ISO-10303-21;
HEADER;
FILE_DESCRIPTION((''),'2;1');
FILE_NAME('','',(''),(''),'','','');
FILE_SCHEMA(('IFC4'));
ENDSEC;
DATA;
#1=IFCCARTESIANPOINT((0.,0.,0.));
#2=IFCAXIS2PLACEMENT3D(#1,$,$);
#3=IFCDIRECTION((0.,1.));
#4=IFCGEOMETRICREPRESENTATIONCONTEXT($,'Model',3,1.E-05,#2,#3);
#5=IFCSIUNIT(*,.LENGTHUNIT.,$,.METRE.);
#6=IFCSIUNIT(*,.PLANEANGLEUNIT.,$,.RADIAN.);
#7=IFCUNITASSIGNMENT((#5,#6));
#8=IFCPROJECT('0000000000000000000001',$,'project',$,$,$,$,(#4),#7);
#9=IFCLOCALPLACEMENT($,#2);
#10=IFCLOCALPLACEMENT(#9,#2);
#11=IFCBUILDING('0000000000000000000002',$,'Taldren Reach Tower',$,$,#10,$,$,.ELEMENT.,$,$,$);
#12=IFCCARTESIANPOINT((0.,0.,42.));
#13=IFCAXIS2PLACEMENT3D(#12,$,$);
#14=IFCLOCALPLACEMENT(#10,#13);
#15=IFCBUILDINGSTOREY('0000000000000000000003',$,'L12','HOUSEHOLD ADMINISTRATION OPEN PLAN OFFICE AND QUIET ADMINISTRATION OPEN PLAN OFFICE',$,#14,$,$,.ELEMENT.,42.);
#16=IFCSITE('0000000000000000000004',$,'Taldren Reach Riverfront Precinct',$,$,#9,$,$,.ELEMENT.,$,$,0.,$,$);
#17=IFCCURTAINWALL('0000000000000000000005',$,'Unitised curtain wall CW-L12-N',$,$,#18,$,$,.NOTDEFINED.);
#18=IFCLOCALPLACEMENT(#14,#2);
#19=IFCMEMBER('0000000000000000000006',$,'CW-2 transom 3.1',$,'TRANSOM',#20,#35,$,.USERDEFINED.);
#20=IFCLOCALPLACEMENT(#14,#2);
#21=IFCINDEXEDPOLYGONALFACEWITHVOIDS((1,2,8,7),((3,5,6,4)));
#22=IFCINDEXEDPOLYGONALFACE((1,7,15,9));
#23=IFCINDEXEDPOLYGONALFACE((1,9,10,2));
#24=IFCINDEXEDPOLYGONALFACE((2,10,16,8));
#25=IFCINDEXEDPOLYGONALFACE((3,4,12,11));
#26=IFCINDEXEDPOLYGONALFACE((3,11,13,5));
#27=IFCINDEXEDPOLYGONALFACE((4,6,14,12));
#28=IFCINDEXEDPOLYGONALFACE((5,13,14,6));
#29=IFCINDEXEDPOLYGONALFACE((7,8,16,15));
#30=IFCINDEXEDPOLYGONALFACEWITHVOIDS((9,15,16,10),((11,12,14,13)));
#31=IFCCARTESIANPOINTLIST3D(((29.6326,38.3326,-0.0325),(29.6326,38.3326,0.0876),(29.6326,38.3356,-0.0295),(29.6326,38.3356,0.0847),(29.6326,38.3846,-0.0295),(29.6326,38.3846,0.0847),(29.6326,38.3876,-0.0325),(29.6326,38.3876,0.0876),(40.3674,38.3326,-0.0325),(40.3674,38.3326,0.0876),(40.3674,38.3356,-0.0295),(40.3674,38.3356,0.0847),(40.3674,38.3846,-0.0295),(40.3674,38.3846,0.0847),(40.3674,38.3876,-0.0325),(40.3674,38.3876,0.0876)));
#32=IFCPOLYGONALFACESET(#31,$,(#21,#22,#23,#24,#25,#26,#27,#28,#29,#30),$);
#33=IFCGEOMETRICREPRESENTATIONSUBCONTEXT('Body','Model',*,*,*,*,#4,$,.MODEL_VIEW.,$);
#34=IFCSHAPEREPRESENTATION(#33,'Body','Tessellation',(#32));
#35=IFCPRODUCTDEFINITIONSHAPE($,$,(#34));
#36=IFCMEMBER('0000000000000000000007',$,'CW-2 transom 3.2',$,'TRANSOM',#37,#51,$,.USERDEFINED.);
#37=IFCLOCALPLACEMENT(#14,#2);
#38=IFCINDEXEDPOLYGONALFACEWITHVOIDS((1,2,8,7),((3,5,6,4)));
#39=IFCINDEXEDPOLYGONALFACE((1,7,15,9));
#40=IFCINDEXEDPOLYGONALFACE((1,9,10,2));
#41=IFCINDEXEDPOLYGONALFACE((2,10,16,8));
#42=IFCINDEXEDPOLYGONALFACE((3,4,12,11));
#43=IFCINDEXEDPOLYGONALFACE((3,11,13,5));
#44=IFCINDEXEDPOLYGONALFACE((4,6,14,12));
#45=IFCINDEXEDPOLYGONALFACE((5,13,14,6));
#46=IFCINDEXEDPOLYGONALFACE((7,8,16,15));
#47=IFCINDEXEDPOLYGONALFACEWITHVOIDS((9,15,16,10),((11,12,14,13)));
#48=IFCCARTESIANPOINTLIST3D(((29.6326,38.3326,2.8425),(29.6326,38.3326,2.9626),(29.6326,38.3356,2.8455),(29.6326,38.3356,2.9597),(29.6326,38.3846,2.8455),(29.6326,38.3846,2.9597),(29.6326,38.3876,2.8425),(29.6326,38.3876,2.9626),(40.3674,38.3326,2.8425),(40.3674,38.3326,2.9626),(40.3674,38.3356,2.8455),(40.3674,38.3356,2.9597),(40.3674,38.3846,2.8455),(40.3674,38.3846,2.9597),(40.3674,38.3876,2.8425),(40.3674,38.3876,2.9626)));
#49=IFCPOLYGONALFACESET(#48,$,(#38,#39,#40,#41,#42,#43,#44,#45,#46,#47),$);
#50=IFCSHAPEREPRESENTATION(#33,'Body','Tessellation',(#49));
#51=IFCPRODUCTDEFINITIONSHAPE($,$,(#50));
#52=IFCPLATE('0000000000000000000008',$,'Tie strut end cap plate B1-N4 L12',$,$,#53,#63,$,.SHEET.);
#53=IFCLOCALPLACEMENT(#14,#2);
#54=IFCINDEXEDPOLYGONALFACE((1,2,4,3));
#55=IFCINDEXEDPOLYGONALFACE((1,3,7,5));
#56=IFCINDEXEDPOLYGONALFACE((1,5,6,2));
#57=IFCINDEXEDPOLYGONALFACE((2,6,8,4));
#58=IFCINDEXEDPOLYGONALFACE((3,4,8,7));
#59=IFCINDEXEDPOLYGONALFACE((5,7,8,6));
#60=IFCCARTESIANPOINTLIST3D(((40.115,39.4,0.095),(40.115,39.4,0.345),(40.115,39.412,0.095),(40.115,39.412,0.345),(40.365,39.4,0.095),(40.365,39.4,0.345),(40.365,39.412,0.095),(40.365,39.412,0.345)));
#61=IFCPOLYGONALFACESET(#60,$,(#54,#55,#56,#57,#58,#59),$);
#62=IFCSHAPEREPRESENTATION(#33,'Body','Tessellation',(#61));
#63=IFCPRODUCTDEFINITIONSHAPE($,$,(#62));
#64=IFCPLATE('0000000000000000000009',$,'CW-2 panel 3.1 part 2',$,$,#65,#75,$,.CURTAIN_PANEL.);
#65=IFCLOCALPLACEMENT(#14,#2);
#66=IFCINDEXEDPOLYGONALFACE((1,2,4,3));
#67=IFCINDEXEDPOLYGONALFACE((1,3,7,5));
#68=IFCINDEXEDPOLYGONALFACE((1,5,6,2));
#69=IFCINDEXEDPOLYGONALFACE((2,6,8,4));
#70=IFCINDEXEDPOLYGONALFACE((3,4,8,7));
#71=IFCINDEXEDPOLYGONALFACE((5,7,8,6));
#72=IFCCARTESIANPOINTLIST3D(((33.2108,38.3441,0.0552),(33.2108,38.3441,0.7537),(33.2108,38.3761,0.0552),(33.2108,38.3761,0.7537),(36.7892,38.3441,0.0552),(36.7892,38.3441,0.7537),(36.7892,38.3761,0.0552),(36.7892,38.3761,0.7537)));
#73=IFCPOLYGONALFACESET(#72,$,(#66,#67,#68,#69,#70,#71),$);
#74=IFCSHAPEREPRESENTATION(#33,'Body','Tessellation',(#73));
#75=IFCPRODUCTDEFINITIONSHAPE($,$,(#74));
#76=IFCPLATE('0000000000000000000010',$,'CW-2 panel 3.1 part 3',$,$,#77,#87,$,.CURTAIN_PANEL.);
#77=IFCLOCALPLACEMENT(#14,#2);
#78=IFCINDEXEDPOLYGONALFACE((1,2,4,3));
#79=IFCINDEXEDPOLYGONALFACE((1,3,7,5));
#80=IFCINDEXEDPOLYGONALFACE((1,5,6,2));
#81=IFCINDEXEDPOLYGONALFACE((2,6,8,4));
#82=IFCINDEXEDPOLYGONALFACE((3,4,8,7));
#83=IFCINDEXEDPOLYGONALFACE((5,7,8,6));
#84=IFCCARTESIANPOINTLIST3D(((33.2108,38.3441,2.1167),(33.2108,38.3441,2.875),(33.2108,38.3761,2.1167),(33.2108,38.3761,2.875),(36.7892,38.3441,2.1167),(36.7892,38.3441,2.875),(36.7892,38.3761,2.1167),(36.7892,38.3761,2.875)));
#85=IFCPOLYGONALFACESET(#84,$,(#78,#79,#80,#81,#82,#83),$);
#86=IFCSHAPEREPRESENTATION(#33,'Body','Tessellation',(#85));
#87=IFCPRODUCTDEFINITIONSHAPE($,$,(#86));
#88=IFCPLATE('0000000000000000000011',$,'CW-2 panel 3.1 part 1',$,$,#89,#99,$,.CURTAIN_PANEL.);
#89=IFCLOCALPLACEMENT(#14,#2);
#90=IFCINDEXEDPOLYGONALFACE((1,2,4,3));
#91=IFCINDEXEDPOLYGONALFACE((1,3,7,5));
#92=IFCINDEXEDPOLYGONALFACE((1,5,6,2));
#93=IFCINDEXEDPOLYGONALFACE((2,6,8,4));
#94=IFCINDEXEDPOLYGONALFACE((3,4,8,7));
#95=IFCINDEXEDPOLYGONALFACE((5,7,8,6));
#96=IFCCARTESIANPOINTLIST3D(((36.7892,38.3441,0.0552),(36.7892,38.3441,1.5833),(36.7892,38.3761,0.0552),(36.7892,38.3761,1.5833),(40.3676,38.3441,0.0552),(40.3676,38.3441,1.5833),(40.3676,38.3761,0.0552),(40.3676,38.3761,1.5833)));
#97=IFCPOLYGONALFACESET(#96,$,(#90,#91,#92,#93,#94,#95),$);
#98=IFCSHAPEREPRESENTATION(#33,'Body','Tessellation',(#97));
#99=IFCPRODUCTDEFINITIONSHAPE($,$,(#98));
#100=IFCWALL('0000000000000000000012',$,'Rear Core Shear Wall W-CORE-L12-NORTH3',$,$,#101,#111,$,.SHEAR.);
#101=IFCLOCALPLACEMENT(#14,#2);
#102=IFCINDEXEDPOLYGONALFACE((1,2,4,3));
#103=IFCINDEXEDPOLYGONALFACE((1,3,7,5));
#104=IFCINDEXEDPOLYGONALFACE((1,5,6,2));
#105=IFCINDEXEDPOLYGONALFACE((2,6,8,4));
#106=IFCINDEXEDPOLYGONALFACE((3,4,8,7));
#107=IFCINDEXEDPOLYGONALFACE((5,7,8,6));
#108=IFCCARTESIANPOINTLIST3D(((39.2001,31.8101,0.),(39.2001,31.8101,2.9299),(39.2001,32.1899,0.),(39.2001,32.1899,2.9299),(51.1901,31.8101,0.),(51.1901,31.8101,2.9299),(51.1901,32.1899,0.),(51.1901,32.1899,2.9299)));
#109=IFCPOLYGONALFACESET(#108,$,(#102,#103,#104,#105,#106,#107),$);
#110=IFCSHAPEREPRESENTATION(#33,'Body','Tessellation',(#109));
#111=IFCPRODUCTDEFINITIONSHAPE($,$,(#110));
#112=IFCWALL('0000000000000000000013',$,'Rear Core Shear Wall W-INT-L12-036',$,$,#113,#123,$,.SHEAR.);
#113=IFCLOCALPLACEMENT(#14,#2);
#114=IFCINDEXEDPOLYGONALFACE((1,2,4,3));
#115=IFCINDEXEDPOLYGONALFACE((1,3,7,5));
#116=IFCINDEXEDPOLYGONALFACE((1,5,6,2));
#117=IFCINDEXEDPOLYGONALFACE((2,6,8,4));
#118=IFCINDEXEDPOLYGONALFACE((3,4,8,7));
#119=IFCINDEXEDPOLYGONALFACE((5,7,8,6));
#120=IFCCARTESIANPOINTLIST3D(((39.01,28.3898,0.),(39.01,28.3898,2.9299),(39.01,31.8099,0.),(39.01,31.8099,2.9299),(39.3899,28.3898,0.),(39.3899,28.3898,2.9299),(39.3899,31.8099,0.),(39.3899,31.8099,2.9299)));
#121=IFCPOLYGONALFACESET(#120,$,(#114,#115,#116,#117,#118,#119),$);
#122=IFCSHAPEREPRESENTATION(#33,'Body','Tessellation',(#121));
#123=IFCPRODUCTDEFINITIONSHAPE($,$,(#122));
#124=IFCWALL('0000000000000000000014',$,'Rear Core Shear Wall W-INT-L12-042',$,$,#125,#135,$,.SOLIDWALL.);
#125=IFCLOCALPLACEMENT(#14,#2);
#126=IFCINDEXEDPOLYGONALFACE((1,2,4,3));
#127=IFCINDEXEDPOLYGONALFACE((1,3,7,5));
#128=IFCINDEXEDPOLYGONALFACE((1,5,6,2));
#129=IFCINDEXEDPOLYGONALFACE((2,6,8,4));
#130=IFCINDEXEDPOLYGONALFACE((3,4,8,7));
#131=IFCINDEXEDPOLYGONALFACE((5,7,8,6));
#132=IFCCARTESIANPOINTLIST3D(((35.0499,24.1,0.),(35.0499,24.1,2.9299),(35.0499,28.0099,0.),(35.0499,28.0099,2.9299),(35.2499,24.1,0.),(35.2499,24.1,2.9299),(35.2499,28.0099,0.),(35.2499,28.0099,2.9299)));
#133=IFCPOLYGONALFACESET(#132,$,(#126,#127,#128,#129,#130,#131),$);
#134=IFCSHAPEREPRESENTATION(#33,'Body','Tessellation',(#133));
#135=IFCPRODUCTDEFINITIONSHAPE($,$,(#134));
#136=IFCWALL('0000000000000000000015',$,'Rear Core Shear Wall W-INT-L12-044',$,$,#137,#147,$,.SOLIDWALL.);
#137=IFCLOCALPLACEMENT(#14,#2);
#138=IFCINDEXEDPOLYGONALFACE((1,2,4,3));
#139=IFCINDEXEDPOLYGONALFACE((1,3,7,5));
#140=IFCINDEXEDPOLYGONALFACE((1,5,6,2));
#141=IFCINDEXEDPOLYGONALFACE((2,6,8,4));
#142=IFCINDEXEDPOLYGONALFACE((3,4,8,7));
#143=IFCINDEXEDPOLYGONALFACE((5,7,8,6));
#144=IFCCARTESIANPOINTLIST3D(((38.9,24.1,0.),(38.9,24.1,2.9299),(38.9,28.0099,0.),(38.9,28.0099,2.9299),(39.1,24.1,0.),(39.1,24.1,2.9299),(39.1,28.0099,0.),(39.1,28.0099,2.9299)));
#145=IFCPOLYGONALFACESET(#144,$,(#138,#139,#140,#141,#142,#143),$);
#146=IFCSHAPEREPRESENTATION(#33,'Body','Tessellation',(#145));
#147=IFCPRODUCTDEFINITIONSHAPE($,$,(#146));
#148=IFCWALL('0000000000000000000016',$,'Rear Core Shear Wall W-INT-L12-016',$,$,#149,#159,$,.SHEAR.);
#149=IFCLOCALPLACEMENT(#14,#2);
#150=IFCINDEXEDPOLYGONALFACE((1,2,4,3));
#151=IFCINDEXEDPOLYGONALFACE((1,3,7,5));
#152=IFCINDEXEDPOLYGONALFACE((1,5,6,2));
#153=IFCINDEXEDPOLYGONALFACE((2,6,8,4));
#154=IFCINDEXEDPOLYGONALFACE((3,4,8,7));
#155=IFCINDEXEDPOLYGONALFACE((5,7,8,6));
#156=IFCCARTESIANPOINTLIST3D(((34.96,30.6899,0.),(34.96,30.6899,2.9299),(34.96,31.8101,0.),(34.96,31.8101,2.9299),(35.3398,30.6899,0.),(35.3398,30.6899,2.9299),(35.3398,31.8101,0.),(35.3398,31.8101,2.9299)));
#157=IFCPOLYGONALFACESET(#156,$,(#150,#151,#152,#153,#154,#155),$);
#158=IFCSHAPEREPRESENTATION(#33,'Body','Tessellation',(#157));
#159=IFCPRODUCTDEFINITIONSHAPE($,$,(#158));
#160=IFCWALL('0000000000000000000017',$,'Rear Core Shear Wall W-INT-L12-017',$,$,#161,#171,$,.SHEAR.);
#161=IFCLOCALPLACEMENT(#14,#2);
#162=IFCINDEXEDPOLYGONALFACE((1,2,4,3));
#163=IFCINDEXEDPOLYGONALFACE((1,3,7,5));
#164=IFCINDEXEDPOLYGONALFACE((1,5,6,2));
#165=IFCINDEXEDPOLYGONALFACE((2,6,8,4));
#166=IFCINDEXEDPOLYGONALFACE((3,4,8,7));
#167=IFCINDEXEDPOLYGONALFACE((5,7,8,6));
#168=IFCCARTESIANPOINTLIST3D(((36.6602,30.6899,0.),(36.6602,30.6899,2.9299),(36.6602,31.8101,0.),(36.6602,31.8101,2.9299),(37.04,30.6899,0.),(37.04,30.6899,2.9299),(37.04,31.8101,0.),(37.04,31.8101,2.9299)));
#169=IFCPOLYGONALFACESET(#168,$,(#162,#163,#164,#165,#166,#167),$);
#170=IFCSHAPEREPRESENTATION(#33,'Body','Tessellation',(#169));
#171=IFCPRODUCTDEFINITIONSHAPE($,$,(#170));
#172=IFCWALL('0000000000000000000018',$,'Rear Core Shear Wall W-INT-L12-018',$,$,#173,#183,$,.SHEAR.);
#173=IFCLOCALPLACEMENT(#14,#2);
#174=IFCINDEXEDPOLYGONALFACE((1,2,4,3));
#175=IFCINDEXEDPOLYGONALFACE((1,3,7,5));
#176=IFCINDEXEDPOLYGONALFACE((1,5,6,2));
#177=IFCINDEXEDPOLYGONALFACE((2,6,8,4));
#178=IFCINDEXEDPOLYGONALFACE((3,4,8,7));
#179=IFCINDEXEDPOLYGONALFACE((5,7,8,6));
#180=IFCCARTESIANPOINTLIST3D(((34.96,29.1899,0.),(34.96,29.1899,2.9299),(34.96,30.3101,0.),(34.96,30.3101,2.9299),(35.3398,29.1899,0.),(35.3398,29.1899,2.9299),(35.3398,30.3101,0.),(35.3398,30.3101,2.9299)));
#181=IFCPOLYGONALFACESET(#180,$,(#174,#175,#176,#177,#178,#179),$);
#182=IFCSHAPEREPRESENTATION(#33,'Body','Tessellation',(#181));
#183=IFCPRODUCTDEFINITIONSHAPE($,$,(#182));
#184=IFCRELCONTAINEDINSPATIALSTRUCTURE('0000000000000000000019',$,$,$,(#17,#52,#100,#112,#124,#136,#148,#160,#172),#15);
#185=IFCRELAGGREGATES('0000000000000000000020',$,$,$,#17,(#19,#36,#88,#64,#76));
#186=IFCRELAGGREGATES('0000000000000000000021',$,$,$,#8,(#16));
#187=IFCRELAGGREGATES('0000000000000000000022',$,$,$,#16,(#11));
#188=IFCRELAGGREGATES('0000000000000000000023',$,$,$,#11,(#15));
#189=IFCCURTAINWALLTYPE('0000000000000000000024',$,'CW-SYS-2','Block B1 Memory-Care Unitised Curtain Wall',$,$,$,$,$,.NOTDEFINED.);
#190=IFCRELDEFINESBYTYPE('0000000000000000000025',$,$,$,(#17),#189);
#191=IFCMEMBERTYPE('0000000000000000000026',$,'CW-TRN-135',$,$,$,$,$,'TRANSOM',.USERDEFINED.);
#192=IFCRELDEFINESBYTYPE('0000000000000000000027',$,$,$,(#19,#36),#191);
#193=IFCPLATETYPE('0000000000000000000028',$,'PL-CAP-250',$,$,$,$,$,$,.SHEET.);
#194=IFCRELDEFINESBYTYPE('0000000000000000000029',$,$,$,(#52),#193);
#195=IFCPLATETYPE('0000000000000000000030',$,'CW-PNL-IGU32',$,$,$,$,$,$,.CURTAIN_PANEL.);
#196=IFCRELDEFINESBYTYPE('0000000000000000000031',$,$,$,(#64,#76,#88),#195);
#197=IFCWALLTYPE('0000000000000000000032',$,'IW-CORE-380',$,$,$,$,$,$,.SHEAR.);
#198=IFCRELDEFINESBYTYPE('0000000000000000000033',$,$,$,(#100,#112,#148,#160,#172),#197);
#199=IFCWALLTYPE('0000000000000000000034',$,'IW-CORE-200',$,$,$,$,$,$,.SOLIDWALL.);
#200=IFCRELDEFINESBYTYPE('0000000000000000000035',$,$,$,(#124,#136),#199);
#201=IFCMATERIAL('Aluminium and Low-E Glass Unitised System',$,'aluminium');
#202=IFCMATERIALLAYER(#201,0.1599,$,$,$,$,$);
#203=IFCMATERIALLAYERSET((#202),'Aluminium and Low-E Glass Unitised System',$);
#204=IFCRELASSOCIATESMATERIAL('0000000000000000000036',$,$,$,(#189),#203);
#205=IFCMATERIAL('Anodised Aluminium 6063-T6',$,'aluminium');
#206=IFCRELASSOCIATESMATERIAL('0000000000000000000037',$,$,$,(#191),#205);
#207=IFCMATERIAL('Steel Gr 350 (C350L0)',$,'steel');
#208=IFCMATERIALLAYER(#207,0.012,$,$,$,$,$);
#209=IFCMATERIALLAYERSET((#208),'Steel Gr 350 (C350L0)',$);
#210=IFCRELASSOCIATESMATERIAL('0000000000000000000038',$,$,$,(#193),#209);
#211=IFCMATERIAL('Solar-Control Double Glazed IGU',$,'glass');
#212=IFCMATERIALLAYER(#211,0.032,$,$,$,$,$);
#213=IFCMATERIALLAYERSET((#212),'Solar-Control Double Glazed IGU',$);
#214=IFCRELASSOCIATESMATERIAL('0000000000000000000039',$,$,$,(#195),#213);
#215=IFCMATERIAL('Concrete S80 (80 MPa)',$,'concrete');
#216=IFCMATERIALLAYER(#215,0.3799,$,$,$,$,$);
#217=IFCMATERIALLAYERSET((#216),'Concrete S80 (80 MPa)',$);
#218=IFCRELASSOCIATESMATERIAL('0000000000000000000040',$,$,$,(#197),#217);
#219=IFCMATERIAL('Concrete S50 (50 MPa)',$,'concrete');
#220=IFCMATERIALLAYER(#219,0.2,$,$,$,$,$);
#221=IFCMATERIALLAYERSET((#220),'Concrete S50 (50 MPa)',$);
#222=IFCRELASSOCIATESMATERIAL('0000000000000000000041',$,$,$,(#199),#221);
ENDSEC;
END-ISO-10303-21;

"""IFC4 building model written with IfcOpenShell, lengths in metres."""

from ifc_helpers import new_model, si_unit, direction, frame, frame_2d, origin, origin_2d, place, context, subcontext, project, spatial, rectangle, hollow_rectangle, extrude, source, transform, mapped, material, layer, layer_set, material_profile, profile_set, type_object, element, aggregate, save


model = new_model("IFC4")

# Units and contexts
model_context = context("Model", 3, precision=1e-05, world=origin(), true_north=direction((0.0, 1.0)))
body_context = subcontext(model_context, "Body", "Model", "MODEL_VIEW")
ifc_project = project(units=[si_unit("LENGTHUNIT", "METRE"), si_unit("PLANEANGLEUNIT", "RADIAN")], contexts=[model_context])

# Site, building, storey
site_placement = place(None, origin())
site = spatial("IfcSite", under=ifc_project, at=site_placement, Name="Taldren Reach Riverfront Precinct", CompositionType="ELEMENT", RefElevation=0.0)
building_placement = place(site_placement, origin())
building = spatial("IfcBuilding", under=site, at=building_placement, Name="Taldren Reach Tower", CompositionType="ELEMENT")
storey_placement = place(building_placement, frame((0.0, 0.0, 42.0)))
storey = spatial("IfcBuildingStorey", under=building, at=storey_placement, Name="L12", Description="HOUSEHOLD ADMINISTRATION OPEN PLAN OFFICE AND QUIET ADMINISTRATION OPEN PLAN OFFICE", CompositionType="ELEMENT", Elevation=42.0)

# Shared definitions
ifc_material_1 = material(Name="Steel Gr 350 (C350L0)", Category="steel")

# Curtain wall, members
ifc_material_2 = material(Name="Aluminium and Low-E Glass Unitised System", Category="aluminium")
ifc_layer_1 = layer(ifc_material_2, 0.1599)
ifc_layer_set_1 = layer_set([ifc_layer_1], Name="Aluminium and Low-E Glass Unitised System")
curtain_wall_type = type_object("IfcCurtainWallType", Name="CW-SYS-2", Description="Block B1 Memory-Care Unitised Curtain Wall", PredefinedType="NOTDEFINED", material=ifc_layer_set_1)
curtain_wall_placement = place(storey_placement, origin())
curtain_wall = element("IfcCurtainWall", 1, at=curtain_wall_placement, inside=storey, type_object=curtain_wall_type, Name="Unitised curtain wall CW-L12-N", PredefinedType="NOTDEFINED")
ifc_material_3 = material(Name="Anodised Aluminium 6063-T6", Category="aluminium")
ifc_material_profile_1 = material_profile(ifc_material_3, hollow_rectangle(XDim=0.0549, YDim=0.1201, WallThickness=0.0029, at=origin_2d()), Name="ALU-120x55x3RHS")
ifc_profile_set_1 = profile_set([ifc_material_profile_1], Name="Anodised Aluminium 6063-T6")
member_type_1 = type_object("IfcMemberType", Name="CW-TRN-135", ElementType="TRANSOM", PredefinedType="USERDEFINED", material=ifc_profile_set_1)
shared_shape_1 = source(origin(), body_context, "Body", "SweptSolid", [
    extrude(hollow_rectangle(XDim=0.0549, YDim=0.1201, WallThickness=0.0029, at=origin_2d()), origin(), (0.0, 0.0, 1.0), 10.7349),
])
member_1_placement = place(storey_placement, frame((40.3674, 38.3601, 0.0276), z_axis=(-1.0, 0.0, 0.0), x_axis=(0.0, -1.0, 0.0)))
member_1 = element("IfcMember", 2, at=member_1_placement, type_object=member_type_1, Name="CW-2 transom 3.1", ObjectType="TRANSOM", PredefinedType="USERDEFINED", context=body_context, shape_type="MappedRepresentation", body=[
    mapped(shared_shape_1, transform((0.0, 0.0, 0.0), scale=1.0)),
])
member_2_placement = place(storey_placement, frame((40.3674, 38.3601, 2.9026), z_axis=(-1.0, 0.0, 0.0), x_axis=(0.0, -1.0, 0.0)))
member_2 = element("IfcMember", 3, at=member_2_placement, type_object=member_type_1, Name="CW-2 transom 3.2", ObjectType="TRANSOM", PredefinedType="USERDEFINED", context=body_context, shape_type="MappedRepresentation", body=[
    mapped(shared_shape_1, transform((0.0, 0.0, 0.0), scale=1.0)),
])

# Plates
ifc_layer_2 = layer(ifc_material_1, 0.012)
ifc_layer_set_2 = layer_set([ifc_layer_2], Name="Steel Gr 350 (C350L0)")
plate_type_1 = type_object("IfcPlateType", Name="PL-CAP-250", PredefinedType="SHEET", material=ifc_layer_set_2)
shared_shape_2 = source(origin(), body_context, "Body", "SweptSolid", [
    extrude(rectangle(XDim=0.25, YDim=0.012, at=origin_2d()), origin(), (0.0, 0.0, 1.0), 0.25),
])
plate_1_placement = place(storey_placement, frame((40.24, 39.406, 0.095), z_axis=(0.0, 0.0, 1.0), x_axis=(1.0, 0.0, 0.0)))
element("IfcPlate", 4, at=plate_1_placement, inside=storey, type_object=plate_type_1, Name="Tie strut end cap plate B1-N4 L12", PredefinedType="SHEET", context=body_context, shape_type="MappedRepresentation", body=[
    mapped(shared_shape_2, transform((0.0, 0.0, 0.0), scale=1.0)),
])
ifc_material_4 = material(Name="Solar-Control Double Glazed IGU", Category="glass")
ifc_layer_3 = layer(ifc_material_4, 0.032)
ifc_layer_set_3 = layer_set([ifc_layer_3], Name="Solar-Control Double Glazed IGU")
plate_type_2 = type_object("IfcPlateType", Name="CW-PNL-IGU32", PredefinedType="CURTAIN_PANEL", material=ifc_layer_set_3)
shared_shape_3 = source(origin(), body_context, "Body", "SweptSolid", [
    extrude(rectangle(XDim=3.5784, YDim=0.032, at=origin_2d()), origin(), (0.0, 0.0, 1.0), 0.6985),
])
plate_2_placement = place(storey_placement, frame((35.0, 38.3601, 0.0552), z_axis=(0.0, 0.0, 1.0), x_axis=(-1.0, 0.0, 0.0)))
plate_2 = element("IfcPlate", 5, at=plate_2_placement, type_object=plate_type_2, Name="CW-2 panel 3.1 part 2", PredefinedType="CURTAIN_PANEL", context=body_context, shape_type="MappedRepresentation", body=[
    mapped(shared_shape_3, transform((0.0, 0.0, 0.0), scale=1.0)),
])
shared_shape_4 = source(origin(), body_context, "Body", "SweptSolid", [
    extrude(rectangle(XDim=3.5784, YDim=0.032, at=origin_2d()), origin(), (0.0, 0.0, 1.0), 0.7583),
])
plate_3_placement = place(storey_placement, frame((35.0, 38.3601, 2.1167), z_axis=(0.0, 0.0, 1.0), x_axis=(-1.0, 0.0, 0.0)))
plate_3 = element("IfcPlate", 6, at=plate_3_placement, type_object=plate_type_2, Name="CW-2 panel 3.1 part 3", PredefinedType="CURTAIN_PANEL", context=body_context, shape_type="MappedRepresentation", body=[
    mapped(shared_shape_4, transform((0.0, 0.0, 0.0), scale=1.0)),
])
shared_shape_5 = source(origin(), body_context, "Body", "SweptSolid", [
    extrude(rectangle(XDim=3.5784, YDim=0.032, at=origin_2d()), origin(), (0.0, 0.0, 1.0), 1.5281),
])
plate_4_placement = place(storey_placement, frame((38.5784, 38.3601, 0.0552), z_axis=(0.0, 0.0, 1.0), x_axis=(-1.0, 0.0, 0.0)))
plate_4 = element("IfcPlate", 7, at=plate_4_placement, type_object=plate_type_2, Name="CW-2 panel 3.1 part 1", PredefinedType="CURTAIN_PANEL", context=body_context, shape_type="MappedRepresentation", body=[
    mapped(shared_shape_5, transform((0.0, 0.0, 0.0), scale=1.0)),
])
aggregate(curtain_wall, [member_1, member_2, plate_4, plate_2, plate_3])

# Walls
ifc_material_5 = material(Name="Concrete S80 (80 MPa)", Category="concrete")
ifc_layer_4 = layer(ifc_material_5, 0.3799)
ifc_layer_set_4 = layer_set([ifc_layer_4], Name="Concrete S80 (80 MPa)")
wall_type_1 = type_object("IfcWallType", Name="IW-CORE-380", PredefinedType="SHEAR", material=ifc_layer_set_4)
shared_shape_6 = source(origin(), body_context, "Body", "SweptSolid", [
    extrude(rectangle(XDim=11.99, YDim=0.3799, at=frame_2d((5.9951, 0.0))), origin(), (0.0, 0.0, 1.0), 2.9299),
])
wall_1_placement = place(storey_placement, frame((39.2, 32.0, 0.0), z_axis=(0.0, 0.0, 1.0), x_axis=(1.0, 0.0, 0.0)))
element("IfcWall", 8, at=wall_1_placement, inside=storey, type_object=wall_type_1, Name="Rear Core Shear Wall W-CORE-L12-NORTH3", PredefinedType="SHEAR", context=body_context, shape_type="MappedRepresentation", body=[
    mapped(shared_shape_6, transform((0.0, 0.0, 0.0), scale=1.0)),
])
shared_shape_7 = source(origin(), body_context, "Body", "SweptSolid", [
    extrude(rectangle(XDim=3.4202, YDim=0.3799, at=frame_2d((1.71, 0.0))), origin(), (0.0, 0.0, 1.0), 2.9299),
])
wall_2_placement = place(storey_placement, frame((39.2, 28.3899, 0.0), z_axis=(0.0, 0.0, 1.0), x_axis=(0.0, 1.0, 0.0)))
element("IfcWall", 9, at=wall_2_placement, inside=storey, type_object=wall_type_1, Name="Rear Core Shear Wall W-INT-L12-036", PredefinedType="SHEAR", context=body_context, shape_type="MappedRepresentation", body=[
    mapped(shared_shape_7, transform((0.0, 0.0, 0.0), scale=1.0)),
])
ifc_material_6 = material(Name="Concrete S50 (50 MPa)", Category="concrete")
ifc_layer_5 = layer(ifc_material_6, 0.2)
ifc_layer_set_5 = layer_set([ifc_layer_5], Name="Concrete S50 (50 MPa)")
wall_type_2 = type_object("IfcWallType", Name="IW-CORE-200", PredefinedType="SOLIDWALL", material=ifc_layer_set_5)
shared_shape_8 = source(origin(), body_context, "Body", "SweptSolid", [
    extrude(rectangle(XDim=3.9099, YDim=0.2, at=frame_2d((1.9551, 0.0))), origin(), (0.0, 0.0, 1.0), 2.9299),
])
for number, where, z_axis, x_axis, name in (
    (10, (35.1499, 28.01, 0.0), (0.0, 0.0, 1.0), (0.0, -1.0, 0.0), "Rear Core Shear Wall W-INT-L12-042"),
    (11, (39.0, 28.01, 0.0), (0.0, 0.0, 1.0), (0.0, -1.0, 0.0), "Rear Core Shear Wall W-INT-L12-044"),
):
    element("IfcWall", number, at=place(storey_placement, frame(where, z_axis=z_axis, x_axis=x_axis)), inside=storey, type_object=wall_type_2, Name=name, PredefinedType="SOLIDWALL", context=body_context, shape_type="MappedRepresentation", body=[
        mapped(shared_shape_8, transform((0.0, 0.0, 0.0), scale=1.0)),
    ])
shared_shape_9 = source(origin(), body_context, "Body", "SweptSolid", [
    extrude(rectangle(XDim=1.1201, YDim=0.3799, at=frame_2d((0.5601, 0.0))), origin(), (0.0, 0.0, 1.0), 2.9299),
])
for number, where, z_axis, x_axis, name in (
    (12, (35.1499, 31.8101, 0.0), (0.0, 0.0, 1.0), (0.0, -1.0, 0.0), "Rear Core Shear Wall W-INT-L12-016"),
    (13, (36.8501, 30.6899, 0.0), (0.0, 0.0, 1.0), (0.0, 1.0, 0.0), "Rear Core Shear Wall W-INT-L12-017"),
    (14, (35.1499, 30.3101, 0.0), (0.0, 0.0, 1.0), (0.0, -1.0, 0.0), "Rear Core Shear Wall W-INT-L12-018"),
):
    element("IfcWall", number, at=place(storey_placement, frame(where, z_axis=z_axis, x_axis=x_axis)), inside=storey, type_object=wall_type_1, Name=name, PredefinedType="SHEAR", context=body_context, shape_type="MappedRepresentation", body=[
        mapped(shared_shape_9, transform((0.0, 0.0, 0.0), scale=1.0)),
    ])

save(model, "model.ifc")
